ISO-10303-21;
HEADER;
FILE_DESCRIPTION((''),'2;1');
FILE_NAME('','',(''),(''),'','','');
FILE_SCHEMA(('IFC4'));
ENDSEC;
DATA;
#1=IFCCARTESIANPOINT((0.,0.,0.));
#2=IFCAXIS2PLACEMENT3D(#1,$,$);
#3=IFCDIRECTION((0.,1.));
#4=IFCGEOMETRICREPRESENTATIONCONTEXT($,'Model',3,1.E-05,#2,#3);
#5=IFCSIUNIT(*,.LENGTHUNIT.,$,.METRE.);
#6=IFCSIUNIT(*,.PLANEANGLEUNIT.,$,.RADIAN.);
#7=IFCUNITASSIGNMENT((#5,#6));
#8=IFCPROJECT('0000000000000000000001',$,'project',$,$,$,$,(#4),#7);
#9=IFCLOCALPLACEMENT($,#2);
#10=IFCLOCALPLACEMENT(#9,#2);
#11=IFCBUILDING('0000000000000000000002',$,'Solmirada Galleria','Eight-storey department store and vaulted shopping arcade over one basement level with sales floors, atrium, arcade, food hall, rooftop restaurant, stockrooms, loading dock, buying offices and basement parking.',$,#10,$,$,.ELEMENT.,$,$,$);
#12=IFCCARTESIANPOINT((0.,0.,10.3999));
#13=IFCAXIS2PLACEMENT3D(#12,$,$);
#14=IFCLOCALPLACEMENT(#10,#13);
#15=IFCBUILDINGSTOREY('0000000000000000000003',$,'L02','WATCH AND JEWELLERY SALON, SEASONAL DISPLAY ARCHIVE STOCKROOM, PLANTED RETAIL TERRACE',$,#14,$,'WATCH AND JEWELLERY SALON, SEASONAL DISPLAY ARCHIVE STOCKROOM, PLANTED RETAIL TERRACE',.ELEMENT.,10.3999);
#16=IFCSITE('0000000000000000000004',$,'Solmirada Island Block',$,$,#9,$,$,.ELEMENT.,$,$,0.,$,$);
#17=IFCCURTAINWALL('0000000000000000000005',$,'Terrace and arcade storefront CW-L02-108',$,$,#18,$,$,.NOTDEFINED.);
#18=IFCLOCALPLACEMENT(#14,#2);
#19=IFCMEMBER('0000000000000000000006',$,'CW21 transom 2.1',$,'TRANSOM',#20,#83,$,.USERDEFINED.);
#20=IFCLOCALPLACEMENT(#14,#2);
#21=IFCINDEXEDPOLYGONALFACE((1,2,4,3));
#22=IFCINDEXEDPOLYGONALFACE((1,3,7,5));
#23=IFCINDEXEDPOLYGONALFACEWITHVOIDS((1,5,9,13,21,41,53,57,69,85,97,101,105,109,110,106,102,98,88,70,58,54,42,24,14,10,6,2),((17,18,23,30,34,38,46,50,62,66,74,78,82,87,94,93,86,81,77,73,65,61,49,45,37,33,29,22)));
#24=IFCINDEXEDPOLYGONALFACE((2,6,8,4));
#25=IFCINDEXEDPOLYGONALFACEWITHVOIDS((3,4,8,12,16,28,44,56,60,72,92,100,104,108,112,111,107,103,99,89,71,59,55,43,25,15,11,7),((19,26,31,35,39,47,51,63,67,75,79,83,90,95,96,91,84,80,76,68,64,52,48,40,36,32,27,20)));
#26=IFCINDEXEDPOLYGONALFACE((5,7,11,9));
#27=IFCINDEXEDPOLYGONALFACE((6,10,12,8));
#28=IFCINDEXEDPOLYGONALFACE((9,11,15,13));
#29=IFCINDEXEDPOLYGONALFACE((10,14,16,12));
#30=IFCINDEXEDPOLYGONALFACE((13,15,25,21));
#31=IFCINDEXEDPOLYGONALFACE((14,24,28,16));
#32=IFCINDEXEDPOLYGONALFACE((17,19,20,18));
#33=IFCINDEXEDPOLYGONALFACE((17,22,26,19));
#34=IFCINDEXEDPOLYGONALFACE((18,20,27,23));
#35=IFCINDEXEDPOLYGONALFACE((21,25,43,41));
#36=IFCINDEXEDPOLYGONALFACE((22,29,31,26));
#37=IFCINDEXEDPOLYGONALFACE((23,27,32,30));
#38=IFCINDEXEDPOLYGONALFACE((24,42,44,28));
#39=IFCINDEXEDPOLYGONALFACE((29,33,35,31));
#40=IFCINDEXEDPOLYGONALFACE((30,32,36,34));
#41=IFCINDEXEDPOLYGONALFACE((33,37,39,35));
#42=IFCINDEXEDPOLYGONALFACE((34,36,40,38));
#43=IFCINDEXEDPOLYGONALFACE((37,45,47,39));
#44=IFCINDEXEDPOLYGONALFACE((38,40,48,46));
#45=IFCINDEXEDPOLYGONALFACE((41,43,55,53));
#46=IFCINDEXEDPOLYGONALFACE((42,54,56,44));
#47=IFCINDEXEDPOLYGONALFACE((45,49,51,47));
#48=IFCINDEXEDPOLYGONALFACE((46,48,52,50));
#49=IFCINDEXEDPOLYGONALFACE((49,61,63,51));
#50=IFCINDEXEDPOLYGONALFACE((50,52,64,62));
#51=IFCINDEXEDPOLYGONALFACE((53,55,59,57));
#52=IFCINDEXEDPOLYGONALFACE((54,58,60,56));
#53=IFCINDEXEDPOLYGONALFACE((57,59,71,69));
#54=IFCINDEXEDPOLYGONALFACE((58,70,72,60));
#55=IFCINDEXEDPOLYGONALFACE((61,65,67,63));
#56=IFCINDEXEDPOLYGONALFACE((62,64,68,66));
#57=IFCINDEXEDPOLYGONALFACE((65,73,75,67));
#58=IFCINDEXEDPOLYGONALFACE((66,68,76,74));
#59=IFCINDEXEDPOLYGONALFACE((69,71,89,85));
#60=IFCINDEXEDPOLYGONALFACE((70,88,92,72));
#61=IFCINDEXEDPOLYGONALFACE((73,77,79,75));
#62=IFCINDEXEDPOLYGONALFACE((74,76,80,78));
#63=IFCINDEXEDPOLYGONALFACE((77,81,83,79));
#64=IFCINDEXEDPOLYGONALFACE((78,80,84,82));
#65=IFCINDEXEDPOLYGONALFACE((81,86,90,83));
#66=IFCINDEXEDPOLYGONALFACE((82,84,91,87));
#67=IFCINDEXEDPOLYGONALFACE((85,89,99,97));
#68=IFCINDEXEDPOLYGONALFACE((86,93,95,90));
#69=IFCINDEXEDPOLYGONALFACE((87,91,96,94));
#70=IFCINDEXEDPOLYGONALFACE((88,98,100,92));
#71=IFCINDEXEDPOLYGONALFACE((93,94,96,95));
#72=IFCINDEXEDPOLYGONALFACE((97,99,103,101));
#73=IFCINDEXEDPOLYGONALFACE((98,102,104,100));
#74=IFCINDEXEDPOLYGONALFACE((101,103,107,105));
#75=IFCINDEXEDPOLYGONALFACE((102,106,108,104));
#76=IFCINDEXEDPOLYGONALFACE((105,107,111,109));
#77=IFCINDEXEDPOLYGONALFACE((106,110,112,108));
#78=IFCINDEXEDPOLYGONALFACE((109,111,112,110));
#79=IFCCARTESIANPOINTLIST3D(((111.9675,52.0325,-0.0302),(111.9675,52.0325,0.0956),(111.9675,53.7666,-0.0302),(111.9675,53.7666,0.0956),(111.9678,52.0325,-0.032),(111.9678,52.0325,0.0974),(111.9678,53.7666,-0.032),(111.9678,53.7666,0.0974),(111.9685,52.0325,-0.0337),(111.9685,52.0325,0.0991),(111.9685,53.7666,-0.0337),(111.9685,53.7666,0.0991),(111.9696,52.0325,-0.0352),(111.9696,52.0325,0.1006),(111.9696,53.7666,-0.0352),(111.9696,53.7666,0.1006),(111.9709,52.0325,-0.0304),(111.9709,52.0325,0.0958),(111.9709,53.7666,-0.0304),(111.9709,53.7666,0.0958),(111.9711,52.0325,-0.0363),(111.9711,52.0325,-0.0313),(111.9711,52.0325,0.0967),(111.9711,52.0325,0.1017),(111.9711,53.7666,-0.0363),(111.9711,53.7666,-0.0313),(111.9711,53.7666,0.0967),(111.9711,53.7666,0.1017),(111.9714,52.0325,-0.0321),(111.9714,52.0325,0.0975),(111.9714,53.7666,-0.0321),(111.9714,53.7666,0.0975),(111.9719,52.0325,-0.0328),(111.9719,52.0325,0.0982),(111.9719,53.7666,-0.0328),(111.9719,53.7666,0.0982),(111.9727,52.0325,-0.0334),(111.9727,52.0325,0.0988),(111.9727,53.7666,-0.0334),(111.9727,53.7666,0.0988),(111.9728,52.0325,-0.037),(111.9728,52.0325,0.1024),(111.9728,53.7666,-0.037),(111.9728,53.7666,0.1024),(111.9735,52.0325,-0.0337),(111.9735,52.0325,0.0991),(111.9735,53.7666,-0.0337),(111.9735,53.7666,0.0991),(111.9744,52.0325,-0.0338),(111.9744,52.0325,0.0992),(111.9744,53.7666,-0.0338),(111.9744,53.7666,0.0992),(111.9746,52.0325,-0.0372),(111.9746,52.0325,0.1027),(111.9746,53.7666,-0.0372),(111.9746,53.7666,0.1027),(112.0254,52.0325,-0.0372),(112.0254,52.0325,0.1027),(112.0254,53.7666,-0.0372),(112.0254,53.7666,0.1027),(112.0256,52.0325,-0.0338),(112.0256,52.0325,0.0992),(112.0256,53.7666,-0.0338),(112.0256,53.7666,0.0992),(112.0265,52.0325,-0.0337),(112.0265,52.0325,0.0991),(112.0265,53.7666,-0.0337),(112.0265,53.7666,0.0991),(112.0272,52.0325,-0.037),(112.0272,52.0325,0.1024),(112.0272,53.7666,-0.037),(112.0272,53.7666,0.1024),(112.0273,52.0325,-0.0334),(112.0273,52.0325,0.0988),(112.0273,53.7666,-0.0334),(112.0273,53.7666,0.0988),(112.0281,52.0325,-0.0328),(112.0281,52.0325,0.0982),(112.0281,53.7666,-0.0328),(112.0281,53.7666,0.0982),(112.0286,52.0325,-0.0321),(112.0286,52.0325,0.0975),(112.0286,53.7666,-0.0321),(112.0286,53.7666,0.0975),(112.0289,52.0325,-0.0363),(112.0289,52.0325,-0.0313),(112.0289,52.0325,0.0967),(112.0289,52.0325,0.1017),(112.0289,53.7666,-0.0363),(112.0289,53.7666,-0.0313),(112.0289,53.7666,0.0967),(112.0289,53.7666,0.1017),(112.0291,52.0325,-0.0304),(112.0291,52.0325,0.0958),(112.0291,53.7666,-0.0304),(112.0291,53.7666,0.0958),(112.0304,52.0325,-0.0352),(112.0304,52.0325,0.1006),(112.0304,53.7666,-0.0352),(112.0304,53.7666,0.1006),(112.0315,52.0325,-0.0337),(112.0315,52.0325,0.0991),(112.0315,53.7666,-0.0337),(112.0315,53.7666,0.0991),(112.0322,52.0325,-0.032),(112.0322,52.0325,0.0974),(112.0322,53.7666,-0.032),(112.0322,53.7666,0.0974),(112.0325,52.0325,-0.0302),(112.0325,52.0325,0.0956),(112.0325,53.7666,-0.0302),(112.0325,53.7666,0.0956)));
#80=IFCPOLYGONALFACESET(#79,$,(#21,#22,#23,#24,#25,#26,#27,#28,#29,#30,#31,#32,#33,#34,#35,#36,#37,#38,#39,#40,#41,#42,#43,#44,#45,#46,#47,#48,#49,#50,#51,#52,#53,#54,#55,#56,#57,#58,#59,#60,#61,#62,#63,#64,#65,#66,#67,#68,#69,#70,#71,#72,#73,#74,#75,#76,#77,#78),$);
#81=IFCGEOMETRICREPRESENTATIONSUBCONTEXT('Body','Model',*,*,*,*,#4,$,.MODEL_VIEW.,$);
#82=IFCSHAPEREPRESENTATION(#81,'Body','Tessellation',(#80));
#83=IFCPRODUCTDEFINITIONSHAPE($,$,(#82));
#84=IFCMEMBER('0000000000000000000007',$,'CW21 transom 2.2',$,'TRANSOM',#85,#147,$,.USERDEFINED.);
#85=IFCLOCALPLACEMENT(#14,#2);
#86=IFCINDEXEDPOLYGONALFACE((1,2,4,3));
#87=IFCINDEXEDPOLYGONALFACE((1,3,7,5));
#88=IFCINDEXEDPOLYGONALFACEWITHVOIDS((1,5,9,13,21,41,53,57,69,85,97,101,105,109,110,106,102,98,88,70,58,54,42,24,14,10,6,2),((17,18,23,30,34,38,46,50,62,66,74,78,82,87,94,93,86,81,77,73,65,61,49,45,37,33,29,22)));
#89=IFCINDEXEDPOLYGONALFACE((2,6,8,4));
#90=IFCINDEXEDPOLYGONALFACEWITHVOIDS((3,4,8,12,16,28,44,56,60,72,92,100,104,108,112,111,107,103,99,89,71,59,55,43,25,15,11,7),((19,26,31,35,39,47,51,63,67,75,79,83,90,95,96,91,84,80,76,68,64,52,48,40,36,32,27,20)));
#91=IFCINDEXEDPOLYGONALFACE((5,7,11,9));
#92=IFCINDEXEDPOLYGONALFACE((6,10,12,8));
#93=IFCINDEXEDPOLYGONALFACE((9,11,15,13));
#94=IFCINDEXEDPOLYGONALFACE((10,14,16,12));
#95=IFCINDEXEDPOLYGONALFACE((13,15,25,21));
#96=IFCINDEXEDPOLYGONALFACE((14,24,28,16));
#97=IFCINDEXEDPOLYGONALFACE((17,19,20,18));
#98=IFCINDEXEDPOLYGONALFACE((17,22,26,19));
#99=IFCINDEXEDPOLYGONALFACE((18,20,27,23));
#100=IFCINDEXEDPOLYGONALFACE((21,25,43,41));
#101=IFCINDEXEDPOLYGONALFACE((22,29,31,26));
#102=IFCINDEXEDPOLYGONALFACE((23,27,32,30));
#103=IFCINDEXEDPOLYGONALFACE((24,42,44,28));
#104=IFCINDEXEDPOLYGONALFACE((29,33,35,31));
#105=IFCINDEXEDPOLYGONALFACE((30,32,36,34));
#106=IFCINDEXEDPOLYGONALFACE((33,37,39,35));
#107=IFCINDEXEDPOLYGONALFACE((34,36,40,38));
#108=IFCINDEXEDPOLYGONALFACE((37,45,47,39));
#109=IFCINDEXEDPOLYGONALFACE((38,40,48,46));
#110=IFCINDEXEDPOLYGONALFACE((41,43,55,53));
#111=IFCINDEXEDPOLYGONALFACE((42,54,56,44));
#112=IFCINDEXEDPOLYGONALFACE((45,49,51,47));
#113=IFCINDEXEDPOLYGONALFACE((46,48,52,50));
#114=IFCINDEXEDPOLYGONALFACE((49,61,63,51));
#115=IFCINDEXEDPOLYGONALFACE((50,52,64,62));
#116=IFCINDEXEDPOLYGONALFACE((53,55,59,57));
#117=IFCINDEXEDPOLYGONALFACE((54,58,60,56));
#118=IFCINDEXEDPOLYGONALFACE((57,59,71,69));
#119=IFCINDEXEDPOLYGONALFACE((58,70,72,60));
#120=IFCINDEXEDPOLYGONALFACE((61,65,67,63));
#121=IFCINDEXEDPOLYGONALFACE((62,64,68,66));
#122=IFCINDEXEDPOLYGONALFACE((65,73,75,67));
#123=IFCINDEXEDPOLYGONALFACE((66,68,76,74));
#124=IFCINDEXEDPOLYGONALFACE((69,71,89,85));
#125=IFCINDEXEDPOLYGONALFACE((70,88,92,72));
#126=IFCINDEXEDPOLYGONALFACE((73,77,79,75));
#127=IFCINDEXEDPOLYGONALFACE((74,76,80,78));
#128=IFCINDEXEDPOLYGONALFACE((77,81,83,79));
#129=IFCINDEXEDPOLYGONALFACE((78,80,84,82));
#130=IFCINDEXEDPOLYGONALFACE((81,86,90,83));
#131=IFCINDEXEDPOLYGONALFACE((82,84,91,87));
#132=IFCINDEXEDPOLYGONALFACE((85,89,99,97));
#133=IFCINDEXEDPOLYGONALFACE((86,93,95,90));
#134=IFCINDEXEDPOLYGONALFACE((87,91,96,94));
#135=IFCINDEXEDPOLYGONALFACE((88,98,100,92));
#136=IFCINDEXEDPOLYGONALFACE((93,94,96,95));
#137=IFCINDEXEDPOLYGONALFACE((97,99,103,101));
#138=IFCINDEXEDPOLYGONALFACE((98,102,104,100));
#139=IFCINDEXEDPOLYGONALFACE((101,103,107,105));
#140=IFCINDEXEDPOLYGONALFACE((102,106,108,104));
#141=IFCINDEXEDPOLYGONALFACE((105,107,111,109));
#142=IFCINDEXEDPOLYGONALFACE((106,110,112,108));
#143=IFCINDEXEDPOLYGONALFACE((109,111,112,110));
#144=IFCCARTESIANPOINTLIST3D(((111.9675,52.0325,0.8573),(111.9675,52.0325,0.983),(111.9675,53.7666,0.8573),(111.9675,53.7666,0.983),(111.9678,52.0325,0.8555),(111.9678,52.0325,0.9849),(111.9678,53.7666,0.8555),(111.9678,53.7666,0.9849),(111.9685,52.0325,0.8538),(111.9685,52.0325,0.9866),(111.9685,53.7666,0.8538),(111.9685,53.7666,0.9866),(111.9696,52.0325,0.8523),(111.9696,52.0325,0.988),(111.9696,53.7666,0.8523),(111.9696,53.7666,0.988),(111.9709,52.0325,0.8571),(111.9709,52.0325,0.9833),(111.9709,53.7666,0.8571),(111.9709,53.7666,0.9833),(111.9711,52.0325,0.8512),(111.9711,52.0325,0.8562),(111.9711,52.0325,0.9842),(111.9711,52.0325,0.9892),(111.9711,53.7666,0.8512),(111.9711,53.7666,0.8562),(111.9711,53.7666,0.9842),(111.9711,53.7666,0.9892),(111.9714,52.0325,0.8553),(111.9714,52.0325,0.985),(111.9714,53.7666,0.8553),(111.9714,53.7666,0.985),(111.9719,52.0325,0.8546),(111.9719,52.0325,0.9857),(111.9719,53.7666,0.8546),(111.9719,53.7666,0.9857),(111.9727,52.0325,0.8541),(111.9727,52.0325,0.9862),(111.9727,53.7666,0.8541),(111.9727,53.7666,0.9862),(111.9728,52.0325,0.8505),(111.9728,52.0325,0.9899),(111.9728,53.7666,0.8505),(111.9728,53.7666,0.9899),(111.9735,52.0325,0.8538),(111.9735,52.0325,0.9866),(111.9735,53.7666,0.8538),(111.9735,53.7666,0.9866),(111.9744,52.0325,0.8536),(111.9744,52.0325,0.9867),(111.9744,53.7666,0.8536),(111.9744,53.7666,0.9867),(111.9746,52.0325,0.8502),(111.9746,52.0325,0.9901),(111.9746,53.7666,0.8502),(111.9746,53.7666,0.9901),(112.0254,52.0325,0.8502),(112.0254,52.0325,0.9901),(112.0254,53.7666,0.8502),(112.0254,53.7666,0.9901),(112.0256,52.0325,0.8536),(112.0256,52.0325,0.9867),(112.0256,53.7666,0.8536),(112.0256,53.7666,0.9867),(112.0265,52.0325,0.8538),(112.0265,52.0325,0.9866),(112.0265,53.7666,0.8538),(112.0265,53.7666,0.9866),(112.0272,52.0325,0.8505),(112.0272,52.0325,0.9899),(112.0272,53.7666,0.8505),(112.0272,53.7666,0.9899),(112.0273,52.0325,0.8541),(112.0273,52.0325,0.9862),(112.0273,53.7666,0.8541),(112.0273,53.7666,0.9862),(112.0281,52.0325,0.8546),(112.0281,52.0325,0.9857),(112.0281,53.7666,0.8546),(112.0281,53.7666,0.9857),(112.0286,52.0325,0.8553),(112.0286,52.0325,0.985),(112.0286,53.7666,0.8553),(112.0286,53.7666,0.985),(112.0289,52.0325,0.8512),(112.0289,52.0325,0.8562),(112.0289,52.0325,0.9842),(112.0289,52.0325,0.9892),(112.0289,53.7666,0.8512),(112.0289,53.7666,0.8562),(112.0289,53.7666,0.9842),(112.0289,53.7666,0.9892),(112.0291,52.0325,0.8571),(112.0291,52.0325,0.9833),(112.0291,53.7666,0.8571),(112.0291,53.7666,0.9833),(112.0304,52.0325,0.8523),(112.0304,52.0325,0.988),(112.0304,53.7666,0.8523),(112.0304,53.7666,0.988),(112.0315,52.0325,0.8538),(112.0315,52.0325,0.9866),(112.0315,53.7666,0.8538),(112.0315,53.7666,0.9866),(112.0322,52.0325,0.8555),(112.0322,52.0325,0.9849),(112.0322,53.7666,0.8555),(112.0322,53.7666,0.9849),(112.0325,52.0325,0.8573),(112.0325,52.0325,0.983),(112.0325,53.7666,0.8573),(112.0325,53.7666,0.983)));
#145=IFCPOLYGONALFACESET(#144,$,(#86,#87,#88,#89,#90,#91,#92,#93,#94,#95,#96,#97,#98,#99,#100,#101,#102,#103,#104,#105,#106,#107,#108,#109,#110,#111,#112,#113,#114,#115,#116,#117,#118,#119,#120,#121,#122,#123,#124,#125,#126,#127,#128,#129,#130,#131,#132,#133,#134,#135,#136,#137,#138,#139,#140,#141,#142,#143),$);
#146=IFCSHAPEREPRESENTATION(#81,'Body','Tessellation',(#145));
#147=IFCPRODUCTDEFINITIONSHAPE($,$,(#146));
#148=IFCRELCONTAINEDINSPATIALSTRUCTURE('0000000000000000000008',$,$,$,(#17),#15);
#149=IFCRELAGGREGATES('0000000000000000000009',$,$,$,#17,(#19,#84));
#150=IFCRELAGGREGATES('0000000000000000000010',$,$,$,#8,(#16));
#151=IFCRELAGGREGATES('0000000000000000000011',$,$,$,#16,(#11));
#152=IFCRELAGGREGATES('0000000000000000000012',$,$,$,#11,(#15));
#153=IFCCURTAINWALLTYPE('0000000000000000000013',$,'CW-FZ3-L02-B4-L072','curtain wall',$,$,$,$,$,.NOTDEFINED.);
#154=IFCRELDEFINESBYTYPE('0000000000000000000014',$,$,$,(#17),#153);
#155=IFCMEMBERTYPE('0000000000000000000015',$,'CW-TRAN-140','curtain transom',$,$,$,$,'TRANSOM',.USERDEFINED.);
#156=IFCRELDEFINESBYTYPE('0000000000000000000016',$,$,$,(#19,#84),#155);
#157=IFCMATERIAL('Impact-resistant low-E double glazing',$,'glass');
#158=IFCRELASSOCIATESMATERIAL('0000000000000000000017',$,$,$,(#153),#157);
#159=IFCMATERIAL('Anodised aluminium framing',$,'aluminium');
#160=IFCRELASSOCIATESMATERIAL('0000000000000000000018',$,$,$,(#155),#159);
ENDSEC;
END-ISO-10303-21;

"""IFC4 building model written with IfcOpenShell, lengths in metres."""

from ifc_helpers import new_model, si_unit, direction, frame, origin, origin_2d, place, context, subcontext, project, spatial, hollow_rectangle, extrude, material, material_profile, profile_set, type_object, element, aggregate, save


model = new_model("IFC4")

# Units and contexts
model_context = context("Model", 3, precision=1e-05, world=origin(), true_north=direction((0.0, 1.0)))
body_context = subcontext(model_context, "Body", "Model", "MODEL_VIEW")
ifc_project = project(units=[si_unit("LENGTHUNIT", "METRE"), si_unit("PLANEANGLEUNIT", "RADIAN")], contexts=[model_context])

# Site, building, storey
site_placement = place(None, origin())
site = spatial("IfcSite", under=ifc_project, at=site_placement, Name="Solmirada Island Block", CompositionType="ELEMENT", RefElevation=0.0)
building_placement = place(site_placement, origin())
building = spatial("IfcBuilding", under=site, at=building_placement, Name="Solmirada Galleria", Description="Eight-storey department store and vaulted shopping arcade over one basement level with sales floors, atrium, arcade, food hall, rooftop restaurant, stockrooms, loading dock, buying offices and basement parking.", CompositionType="ELEMENT")
storey_placement = place(building_placement, frame((0.0, 0.0, 10.3999)))
storey = spatial("IfcBuildingStorey", under=building, at=storey_placement, Name="L02", Description="WATCH AND JEWELLERY SALON, SEASONAL DISPLAY ARCHIVE STOCKROOM, PLANTED RETAIL TERRACE", LongName="WATCH AND JEWELLERY SALON, SEASONAL DISPLAY ARCHIVE STOCKROOM, PLANTED RETAIL TERRACE", CompositionType="ELEMENT", Elevation=10.3999)

# Curtain wall
ifc_material_1 = material(Name="Impact-resistant low-E double glazing", Category="glass")
curtain_wall_type = type_object("IfcCurtainWallType", Name="CW-FZ3-L02-B4-L072", Description="curtain wall", PredefinedType="NOTDEFINED", material=ifc_material_1)
ifc_material_2 = material(Name="Anodised aluminium framing", Category="aluminium")
curtain_wall_1_placement = place(storey_placement, origin())
curtain_wall_1 = element("IfcCurtainWall", 1, at=curtain_wall_1_placement, inside=storey, type_object=curtain_wall_type, Name="Terrace and arcade storefront CW-L02-108", PredefinedType="NOTDEFINED")

# Members
ifc_material_profile_1 = material_profile(ifc_material_2, hollow_rectangle(XDim=0.0649, YDim=0.1399, WallThickness=0.0034, InnerFilletRadius=0.0034, OuterFilletRadius=0.0071, at=origin_2d()), Name="ALU-TRAN-140X65")
ifc_profile_set_1 = profile_set([ifc_material_profile_1], Name="Anodised aluminium framing")
member_type_1 = type_object("IfcMemberType", Name="CW-TRAN-140", Description="curtain transom", ElementType="TRANSOM", PredefinedType="USERDEFINED", material=ifc_profile_set_1)
member_1_placement = place(storey_placement, frame((112.0, 53.7666, 0.0327), z_axis=(0.0, -1.0, 0.0), x_axis=(1.0, 0.0, 0.0)))
member_1 = element("IfcMember", 2, at=member_1_placement, type_object=member_type_1, Name="CW21 transom 2.1", ObjectType="TRANSOM", PredefinedType="USERDEFINED", context=body_context, shape_type="SweptSolid", body=[
    extrude(hollow_rectangle(XDim=0.0649, YDim=0.1399, WallThickness=0.0034, InnerFilletRadius=0.0034, OuterFilletRadius=0.0071, at=origin_2d()), origin(), (0.0, 0.0, 1.0), 1.7341),
])
member_2_placement = place(storey_placement, frame((112.0, 53.7666, 0.9202), z_axis=(0.0, -1.0, 0.0), x_axis=(1.0, 0.0, 0.0)))
member_2 = element("IfcMember", 3, at=member_2_placement, type_object=member_type_1, Name="CW21 transom 2.2", ObjectType="TRANSOM", PredefinedType="USERDEFINED", context=body_context, shape_type="SweptSolid", body=[
    extrude(hollow_rectangle(XDim=0.0649, YDim=0.1399, WallThickness=0.0034, InnerFilletRadius=0.0034, OuterFilletRadius=0.0071, at=origin_2d()), origin(), (0.0, 0.0, 1.0), 1.7341),
])

aggregate(curtain_wall_1, [member_1, member_2])

save(model, "model.ifc")
